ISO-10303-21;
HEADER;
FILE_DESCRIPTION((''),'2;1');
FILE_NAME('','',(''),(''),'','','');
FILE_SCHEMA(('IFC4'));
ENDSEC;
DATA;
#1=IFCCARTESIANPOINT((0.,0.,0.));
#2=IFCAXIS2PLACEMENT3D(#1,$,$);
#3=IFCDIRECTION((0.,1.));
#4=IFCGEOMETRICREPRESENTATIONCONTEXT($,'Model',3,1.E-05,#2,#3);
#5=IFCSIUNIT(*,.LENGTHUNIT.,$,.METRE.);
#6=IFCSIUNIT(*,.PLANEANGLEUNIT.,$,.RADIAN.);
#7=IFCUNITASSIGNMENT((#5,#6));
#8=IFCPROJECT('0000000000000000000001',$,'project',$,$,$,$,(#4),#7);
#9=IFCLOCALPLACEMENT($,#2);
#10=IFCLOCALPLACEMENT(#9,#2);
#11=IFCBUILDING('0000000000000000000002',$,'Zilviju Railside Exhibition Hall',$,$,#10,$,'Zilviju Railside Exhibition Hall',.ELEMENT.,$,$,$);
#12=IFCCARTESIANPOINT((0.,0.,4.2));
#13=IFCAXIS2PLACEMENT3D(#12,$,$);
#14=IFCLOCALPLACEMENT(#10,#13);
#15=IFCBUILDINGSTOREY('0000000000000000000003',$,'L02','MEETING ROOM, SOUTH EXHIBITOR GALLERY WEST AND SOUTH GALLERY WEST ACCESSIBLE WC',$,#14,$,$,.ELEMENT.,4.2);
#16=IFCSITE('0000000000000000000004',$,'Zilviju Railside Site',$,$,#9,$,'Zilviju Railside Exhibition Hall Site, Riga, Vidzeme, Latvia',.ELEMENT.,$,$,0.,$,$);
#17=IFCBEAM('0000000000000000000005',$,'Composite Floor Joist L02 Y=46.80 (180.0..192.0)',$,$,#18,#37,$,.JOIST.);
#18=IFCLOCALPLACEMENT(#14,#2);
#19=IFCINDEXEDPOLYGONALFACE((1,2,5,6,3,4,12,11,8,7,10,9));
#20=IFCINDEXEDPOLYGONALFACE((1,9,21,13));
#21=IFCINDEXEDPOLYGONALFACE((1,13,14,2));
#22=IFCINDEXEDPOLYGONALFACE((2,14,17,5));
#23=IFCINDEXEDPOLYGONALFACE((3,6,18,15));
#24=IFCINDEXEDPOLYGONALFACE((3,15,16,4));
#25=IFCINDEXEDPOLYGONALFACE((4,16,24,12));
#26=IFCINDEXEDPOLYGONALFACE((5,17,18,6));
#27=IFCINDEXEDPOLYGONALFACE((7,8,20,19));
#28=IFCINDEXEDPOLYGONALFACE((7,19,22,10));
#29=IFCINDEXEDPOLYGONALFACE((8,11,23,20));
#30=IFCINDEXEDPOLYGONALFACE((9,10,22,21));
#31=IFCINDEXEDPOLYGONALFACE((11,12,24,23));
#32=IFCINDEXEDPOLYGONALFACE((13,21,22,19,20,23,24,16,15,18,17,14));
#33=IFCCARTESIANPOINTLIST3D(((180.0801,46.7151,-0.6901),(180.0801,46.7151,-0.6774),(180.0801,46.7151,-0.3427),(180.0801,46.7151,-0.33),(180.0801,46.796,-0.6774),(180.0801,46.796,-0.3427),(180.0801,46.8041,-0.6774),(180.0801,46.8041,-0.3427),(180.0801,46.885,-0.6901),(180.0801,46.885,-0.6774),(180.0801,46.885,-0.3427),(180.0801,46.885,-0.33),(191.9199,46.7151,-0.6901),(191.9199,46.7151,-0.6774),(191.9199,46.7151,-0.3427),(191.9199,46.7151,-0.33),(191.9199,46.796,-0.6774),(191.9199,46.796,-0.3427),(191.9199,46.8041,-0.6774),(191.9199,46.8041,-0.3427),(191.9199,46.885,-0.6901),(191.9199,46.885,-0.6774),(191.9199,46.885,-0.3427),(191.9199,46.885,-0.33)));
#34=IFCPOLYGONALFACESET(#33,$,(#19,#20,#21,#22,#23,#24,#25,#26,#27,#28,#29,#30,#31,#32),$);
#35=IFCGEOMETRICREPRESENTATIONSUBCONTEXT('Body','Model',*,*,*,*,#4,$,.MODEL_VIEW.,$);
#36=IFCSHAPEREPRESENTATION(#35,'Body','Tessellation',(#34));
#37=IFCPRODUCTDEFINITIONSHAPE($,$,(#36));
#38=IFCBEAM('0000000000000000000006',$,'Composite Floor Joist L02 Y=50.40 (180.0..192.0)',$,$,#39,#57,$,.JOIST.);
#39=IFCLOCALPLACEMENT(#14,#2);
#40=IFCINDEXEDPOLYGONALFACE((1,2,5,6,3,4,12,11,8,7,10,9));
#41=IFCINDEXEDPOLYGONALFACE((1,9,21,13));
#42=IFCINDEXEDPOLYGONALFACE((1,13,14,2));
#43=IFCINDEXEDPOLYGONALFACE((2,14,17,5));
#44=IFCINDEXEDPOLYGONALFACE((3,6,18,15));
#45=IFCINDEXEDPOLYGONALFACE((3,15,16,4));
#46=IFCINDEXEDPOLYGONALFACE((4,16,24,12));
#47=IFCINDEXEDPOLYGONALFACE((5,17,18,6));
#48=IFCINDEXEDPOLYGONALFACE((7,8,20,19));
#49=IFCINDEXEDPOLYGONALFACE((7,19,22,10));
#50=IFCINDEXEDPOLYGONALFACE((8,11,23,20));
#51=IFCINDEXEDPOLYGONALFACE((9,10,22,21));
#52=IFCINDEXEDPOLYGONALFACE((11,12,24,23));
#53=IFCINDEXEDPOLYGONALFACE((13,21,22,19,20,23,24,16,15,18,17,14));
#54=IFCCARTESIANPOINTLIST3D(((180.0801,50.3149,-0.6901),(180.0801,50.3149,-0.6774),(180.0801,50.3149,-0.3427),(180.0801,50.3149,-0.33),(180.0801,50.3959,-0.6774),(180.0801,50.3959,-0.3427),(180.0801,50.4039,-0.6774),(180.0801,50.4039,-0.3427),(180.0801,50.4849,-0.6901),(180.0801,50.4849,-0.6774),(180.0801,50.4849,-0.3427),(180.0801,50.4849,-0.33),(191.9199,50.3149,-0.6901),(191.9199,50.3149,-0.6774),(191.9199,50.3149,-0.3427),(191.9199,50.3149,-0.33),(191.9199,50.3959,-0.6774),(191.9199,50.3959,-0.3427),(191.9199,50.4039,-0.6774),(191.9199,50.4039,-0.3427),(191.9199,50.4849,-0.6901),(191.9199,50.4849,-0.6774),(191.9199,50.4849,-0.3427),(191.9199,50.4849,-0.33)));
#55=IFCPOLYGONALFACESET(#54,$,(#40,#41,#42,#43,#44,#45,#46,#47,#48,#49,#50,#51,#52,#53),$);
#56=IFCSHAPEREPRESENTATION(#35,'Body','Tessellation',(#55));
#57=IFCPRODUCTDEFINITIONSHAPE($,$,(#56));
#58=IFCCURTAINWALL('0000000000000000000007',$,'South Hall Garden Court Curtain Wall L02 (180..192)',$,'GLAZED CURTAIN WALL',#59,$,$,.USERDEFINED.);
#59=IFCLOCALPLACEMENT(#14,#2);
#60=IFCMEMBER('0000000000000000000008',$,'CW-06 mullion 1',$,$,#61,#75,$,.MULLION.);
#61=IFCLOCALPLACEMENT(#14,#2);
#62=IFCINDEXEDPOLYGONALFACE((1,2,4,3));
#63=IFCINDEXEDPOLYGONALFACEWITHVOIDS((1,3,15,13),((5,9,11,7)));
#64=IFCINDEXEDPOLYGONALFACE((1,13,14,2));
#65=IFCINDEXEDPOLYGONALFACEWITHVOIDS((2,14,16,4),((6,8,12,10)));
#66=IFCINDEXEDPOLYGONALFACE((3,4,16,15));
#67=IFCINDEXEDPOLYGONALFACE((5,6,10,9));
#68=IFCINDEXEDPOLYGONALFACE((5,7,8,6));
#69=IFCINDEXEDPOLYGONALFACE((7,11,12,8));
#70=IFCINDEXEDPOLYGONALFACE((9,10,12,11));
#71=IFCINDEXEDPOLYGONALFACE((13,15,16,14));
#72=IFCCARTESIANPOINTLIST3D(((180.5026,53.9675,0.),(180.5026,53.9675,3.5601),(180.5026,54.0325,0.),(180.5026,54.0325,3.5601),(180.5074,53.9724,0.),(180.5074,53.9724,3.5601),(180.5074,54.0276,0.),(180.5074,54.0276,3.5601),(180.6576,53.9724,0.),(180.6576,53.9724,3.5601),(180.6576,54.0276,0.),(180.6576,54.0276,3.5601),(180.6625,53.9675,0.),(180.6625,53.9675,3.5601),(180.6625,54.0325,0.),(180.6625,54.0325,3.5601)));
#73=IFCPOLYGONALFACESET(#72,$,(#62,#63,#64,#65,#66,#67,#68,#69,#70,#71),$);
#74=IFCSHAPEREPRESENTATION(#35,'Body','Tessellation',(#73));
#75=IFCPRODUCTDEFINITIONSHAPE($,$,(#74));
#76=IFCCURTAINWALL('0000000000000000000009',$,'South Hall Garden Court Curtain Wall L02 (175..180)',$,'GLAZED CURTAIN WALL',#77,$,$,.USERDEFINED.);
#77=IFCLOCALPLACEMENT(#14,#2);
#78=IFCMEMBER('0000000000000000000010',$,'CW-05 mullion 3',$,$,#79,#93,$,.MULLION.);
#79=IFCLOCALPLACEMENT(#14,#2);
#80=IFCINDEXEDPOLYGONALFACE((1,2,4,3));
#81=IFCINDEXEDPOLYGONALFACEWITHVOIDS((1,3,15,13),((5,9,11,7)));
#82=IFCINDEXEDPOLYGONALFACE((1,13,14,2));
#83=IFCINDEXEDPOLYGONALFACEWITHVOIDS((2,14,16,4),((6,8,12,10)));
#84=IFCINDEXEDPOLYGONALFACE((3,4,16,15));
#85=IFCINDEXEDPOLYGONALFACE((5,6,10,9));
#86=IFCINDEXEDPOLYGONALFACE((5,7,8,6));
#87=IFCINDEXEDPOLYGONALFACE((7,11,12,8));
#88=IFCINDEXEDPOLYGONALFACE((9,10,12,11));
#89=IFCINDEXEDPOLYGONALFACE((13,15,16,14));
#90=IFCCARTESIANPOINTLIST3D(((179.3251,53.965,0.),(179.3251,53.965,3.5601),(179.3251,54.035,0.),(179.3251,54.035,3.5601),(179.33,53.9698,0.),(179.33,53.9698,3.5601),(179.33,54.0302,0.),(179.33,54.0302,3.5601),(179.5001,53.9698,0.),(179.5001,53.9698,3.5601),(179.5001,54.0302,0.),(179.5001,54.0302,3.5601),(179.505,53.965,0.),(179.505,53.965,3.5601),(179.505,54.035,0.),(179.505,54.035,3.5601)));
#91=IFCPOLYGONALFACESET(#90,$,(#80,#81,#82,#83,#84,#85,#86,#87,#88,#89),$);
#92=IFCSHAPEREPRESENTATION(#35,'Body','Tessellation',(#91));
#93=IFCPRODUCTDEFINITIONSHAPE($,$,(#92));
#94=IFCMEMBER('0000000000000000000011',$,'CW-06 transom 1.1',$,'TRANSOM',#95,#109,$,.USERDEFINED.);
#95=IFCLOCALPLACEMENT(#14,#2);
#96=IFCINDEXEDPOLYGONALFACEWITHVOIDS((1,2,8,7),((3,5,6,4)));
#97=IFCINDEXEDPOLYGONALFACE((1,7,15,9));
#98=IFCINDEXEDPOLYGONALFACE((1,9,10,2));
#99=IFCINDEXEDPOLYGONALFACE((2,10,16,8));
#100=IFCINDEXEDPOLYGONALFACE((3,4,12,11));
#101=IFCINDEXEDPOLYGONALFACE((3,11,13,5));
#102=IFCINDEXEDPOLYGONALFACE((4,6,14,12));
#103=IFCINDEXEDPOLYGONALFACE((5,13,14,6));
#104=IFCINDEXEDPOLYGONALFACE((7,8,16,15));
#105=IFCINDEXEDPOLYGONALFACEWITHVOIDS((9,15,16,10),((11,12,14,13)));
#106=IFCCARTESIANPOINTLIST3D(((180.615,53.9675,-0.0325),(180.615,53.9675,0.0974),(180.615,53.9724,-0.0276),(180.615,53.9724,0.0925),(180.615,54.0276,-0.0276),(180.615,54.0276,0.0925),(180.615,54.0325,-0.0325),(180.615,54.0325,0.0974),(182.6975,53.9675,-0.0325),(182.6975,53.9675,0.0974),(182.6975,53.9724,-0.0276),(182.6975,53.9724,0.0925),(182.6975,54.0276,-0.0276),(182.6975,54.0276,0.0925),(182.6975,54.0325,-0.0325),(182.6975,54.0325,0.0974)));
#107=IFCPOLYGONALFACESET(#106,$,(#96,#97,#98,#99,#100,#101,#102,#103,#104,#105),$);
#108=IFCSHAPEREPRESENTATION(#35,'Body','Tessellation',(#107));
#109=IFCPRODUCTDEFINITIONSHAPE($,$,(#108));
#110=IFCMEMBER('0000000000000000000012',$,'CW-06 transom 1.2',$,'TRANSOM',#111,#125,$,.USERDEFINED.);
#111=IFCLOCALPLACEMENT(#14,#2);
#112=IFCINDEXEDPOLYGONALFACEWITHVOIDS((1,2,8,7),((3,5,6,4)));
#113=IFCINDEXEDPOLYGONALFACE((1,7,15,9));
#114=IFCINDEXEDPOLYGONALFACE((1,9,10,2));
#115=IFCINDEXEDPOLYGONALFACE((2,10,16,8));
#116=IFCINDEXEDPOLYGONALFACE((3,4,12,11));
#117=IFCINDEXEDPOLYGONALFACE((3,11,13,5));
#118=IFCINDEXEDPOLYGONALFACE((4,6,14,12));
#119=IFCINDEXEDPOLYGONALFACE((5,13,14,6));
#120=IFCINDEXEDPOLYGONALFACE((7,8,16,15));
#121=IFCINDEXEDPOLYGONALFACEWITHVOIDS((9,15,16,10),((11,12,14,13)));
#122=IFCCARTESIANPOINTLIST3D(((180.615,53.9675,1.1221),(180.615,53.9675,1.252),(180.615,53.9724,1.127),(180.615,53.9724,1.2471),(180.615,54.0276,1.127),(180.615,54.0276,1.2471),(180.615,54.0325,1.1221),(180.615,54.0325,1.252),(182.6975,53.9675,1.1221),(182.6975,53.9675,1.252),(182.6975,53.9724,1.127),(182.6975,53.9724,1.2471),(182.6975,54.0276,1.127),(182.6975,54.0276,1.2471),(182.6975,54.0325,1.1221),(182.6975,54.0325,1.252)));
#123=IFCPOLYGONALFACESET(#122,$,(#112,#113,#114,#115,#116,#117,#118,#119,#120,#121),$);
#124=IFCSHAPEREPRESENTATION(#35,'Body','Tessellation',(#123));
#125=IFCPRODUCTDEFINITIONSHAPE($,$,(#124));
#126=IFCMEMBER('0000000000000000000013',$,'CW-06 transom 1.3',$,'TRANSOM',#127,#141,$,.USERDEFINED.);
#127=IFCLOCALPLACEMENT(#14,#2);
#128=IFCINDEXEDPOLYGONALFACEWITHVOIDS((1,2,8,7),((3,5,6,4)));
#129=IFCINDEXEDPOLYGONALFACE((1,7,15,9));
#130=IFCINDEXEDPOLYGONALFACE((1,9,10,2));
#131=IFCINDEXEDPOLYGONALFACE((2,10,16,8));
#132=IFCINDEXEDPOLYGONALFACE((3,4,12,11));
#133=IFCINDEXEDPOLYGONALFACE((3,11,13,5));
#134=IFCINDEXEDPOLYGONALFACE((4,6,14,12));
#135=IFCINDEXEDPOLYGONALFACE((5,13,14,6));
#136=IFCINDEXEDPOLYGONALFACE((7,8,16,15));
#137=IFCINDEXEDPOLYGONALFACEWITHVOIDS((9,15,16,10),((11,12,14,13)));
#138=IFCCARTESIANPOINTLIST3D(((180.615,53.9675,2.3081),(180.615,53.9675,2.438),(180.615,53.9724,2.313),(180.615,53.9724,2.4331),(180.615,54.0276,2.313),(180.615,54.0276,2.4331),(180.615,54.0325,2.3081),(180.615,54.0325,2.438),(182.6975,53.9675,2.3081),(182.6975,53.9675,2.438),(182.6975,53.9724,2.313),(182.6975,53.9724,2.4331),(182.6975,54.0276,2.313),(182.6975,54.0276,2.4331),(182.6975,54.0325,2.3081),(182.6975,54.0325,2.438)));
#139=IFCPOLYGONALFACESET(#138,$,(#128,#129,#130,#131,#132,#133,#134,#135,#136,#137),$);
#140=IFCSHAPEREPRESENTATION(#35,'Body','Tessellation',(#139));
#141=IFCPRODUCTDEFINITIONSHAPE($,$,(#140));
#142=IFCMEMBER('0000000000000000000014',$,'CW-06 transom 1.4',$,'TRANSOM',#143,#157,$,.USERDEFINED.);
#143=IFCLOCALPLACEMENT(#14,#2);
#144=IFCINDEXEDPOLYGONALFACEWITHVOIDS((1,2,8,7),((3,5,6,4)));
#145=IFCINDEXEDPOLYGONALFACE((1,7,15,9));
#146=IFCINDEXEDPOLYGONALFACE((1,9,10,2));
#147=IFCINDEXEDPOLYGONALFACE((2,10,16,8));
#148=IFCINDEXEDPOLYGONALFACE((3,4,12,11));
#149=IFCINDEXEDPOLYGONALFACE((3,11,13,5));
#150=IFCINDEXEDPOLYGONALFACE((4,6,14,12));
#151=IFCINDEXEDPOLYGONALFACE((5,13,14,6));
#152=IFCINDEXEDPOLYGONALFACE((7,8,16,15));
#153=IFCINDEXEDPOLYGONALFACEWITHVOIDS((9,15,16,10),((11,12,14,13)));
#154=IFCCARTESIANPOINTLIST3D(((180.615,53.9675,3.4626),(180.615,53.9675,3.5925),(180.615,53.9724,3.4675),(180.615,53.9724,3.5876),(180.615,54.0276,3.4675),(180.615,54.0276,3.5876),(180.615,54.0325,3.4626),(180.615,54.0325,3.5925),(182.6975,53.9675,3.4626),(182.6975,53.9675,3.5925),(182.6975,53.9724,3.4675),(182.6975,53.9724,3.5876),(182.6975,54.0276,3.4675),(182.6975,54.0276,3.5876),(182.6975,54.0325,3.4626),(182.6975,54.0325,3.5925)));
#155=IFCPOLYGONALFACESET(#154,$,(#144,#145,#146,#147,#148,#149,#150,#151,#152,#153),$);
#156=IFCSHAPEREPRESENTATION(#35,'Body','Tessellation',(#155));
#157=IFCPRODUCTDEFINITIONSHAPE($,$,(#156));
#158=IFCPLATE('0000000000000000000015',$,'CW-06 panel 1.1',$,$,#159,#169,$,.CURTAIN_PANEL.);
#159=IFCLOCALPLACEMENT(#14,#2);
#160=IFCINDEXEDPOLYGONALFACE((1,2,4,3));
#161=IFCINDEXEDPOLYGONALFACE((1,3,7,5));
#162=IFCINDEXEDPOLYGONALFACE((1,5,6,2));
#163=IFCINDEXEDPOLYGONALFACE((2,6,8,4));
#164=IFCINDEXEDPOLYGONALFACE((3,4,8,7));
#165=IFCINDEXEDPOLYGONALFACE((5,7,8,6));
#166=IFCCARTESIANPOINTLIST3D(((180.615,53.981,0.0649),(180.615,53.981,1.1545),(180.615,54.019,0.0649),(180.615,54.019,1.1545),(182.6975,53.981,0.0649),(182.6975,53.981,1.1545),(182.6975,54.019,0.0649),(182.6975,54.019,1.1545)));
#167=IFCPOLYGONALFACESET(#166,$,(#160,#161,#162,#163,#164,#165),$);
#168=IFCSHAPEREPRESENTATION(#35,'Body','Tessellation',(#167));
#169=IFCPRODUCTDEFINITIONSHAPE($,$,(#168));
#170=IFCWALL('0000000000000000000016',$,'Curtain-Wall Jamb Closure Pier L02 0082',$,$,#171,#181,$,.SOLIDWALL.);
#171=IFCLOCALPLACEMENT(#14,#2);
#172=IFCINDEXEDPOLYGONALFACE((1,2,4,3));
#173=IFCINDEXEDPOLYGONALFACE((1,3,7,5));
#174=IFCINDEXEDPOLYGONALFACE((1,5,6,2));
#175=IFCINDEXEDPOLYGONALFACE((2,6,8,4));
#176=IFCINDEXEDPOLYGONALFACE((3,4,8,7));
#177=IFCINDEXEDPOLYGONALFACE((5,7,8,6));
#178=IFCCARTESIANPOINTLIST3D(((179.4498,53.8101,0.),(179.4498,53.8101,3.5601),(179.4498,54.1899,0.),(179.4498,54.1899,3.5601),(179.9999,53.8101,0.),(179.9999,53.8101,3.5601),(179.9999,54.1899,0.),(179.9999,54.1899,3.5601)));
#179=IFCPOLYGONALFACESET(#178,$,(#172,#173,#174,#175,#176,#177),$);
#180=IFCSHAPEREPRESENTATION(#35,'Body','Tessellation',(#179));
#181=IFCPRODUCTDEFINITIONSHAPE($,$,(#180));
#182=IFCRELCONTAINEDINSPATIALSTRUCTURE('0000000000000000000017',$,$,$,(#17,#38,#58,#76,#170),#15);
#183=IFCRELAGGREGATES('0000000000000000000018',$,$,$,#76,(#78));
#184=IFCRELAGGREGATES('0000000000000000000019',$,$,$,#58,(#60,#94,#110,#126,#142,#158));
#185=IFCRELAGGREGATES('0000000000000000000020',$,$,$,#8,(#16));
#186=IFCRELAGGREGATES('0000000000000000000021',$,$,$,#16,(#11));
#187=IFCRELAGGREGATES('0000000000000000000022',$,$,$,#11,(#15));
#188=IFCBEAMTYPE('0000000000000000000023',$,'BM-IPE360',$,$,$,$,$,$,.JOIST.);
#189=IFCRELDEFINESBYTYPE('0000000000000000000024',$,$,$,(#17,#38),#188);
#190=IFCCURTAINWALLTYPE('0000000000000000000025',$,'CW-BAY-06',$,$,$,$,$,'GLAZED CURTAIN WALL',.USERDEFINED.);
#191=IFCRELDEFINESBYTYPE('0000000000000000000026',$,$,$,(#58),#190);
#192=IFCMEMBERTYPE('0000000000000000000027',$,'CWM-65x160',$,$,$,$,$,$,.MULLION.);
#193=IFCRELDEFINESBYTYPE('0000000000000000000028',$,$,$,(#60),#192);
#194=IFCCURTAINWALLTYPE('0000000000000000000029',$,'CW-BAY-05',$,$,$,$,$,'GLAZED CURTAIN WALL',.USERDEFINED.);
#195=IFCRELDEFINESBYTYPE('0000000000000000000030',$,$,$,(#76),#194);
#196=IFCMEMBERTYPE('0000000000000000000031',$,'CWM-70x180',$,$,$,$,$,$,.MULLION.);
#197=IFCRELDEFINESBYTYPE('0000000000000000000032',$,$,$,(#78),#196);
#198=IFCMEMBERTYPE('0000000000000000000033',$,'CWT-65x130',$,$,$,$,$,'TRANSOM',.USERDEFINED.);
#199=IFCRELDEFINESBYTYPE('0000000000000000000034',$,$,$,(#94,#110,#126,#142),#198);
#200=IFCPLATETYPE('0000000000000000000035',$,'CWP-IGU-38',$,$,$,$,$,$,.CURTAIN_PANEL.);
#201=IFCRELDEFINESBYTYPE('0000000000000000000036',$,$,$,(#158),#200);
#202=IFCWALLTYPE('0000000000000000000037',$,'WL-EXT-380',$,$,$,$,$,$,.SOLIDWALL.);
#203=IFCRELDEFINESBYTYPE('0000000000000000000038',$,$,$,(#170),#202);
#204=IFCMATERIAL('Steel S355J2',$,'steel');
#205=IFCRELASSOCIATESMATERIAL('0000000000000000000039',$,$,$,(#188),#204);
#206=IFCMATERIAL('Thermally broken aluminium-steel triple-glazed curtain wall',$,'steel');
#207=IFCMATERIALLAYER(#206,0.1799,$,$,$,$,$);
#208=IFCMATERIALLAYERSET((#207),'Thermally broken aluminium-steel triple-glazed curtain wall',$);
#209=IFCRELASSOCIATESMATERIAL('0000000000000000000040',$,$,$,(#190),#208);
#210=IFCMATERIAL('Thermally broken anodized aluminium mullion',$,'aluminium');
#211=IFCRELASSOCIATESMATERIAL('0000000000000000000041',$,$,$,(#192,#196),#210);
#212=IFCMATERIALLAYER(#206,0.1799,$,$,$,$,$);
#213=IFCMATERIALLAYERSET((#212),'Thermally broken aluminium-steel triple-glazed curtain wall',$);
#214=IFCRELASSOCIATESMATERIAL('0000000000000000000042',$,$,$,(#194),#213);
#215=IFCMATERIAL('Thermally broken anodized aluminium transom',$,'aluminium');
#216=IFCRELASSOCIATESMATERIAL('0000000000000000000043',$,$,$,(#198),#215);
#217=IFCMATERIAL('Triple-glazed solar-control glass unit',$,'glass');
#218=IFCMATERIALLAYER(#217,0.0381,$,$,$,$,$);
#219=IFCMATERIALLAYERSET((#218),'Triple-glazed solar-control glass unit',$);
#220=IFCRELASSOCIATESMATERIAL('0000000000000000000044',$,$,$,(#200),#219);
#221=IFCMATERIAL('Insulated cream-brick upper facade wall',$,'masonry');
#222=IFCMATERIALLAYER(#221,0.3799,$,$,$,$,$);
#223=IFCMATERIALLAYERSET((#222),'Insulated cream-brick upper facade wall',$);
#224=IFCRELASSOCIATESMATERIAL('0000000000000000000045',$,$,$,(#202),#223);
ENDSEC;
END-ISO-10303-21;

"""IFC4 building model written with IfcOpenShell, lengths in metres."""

from ifc_helpers import new_model, si_unit, direction, frame, frame_2d, origin, origin_2d, place, context, subcontext, project, spatial, rectangle, hollow_rectangle, i_section, extrude, material, layer, layer_set, material_profile, profile_set, type_object, element, aggregate, save


model = new_model("IFC4")

# Units and contexts
model_context = context("Model", 3, precision=1e-05, world=origin(), true_north=direction((0.0, 1.0)))
body_context = subcontext(model_context, "Body", "Model", "MODEL_VIEW")
ifc_project = project(units=[si_unit("LENGTHUNIT", "METRE"), si_unit("PLANEANGLEUNIT", "RADIAN")], contexts=[model_context])

# Site, building, storey
site_placement = place(None, origin())
site = spatial("IfcSite", under=ifc_project, at=site_placement, Name="Zilviju Railside Site", LongName="Zilviju Railside Exhibition Hall Site, Riga, Vidzeme, Latvia", CompositionType="ELEMENT", RefElevation=0.0)
building_placement = place(site_placement, origin())
building = spatial("IfcBuilding", under=site, at=building_placement, Name="Zilviju Railside Exhibition Hall", LongName="Zilviju Railside Exhibition Hall", CompositionType="ELEMENT")
storey_placement = place(building_placement, frame((0.0, 0.0, 4.2)))
storey = spatial("IfcBuildingStorey", under=building, at=storey_placement, Name="L02", Description="MEETING ROOM, SOUTH EXHIBITOR GALLERY WEST AND SOUTH GALLERY WEST ACCESSIBLE WC", CompositionType="ELEMENT", Elevation=4.2)

# Beams
ifc_material_1 = material(Name="Steel S355J2", Category="steel")
ifc_material_profile_1 = material_profile(ifc_material_1, i_section(OverallWidth=0.1699, OverallDepth=0.3601, WebThickness=0.0081, FlangeThickness=0.0127, at=origin_2d()), Name="IPE 360")
ifc_profile_set_1 = profile_set([ifc_material_profile_1], Name="Steel S355J2")
beam_type_1 = type_object("IfcBeamType", Name="BM-IPE360", PredefinedType="JOIST", material=ifc_profile_set_1)
for number, where, z_axis, x_axis, name in (
    (1, (180.0801, 46.8, -0.51), (1.0, 0.0, 0.0), (0.0, 1.0, 0.0), "Composite Floor Joist L02 Y=46.80 (180.0..192.0)"),
    (2, (180.0801, 50.3999, -0.51), (1.0, 0.0, 0.0), (0.0, 1.0, 0.0), "Composite Floor Joist L02 Y=50.40 (180.0..192.0)"),
):
    element("IfcBeam", number, at=place(storey_placement, frame(where, z_axis=z_axis, x_axis=x_axis)), inside=storey, type_object=beam_type_1, Name=name, PredefinedType="JOIST", context=body_context, shape_type="SweptSolid", body=[
        extrude(i_section(OverallWidth=0.1699, OverallDepth=0.3601, WebThickness=0.0081, FlangeThickness=0.0127, at=origin_2d()), origin(), (0.0, 0.0, 1.0), 11.8398),
    ])

# Curtain walls, members
ifc_material_2 = material(Name="Thermally broken aluminium-steel triple-glazed curtain wall", Category="steel")
ifc_layer_1 = layer(ifc_material_2, 0.1799)
ifc_layer_set_1 = layer_set([ifc_layer_1], Name="Thermally broken aluminium-steel triple-glazed curtain wall")
curtain_wall_type_1 = type_object("IfcCurtainWallType", Name="CW-BAY-06", ElementType="GLAZED CURTAIN WALL", PredefinedType="USERDEFINED", material=ifc_layer_set_1)
curtain_wall_1_placement = place(storey_placement, origin())
curtain_wall_1 = element("IfcCurtainWall", 3, at=curtain_wall_1_placement, inside=storey, type_object=curtain_wall_type_1, Name="South Hall Garden Court Curtain Wall L02 (180..192)", ObjectType="GLAZED CURTAIN WALL", PredefinedType="USERDEFINED")
ifc_material_3 = material(Name="Thermally broken anodized aluminium mullion", Category="aluminium")
ifc_material_profile_2 = material_profile(ifc_material_3, hollow_rectangle(XDim=0.0649, YDim=0.1599, WallThickness=0.0049, at=origin_2d()), Name="MULLION 160x65x5")
ifc_profile_set_2 = profile_set([ifc_material_profile_2], Name="Thermally broken anodized aluminium mullion")
member_type_1 = type_object("IfcMemberType", Name="CWM-65x160", PredefinedType="MULLION", material=ifc_profile_set_2)
member_1_placement = place(storey_placement, frame((180.5825, 54.0, 0.0), z_axis=(0.0, 0.0, 1.0), x_axis=(0.0, 1.0, 0.0)))
member_1 = element("IfcMember", 4, at=member_1_placement, type_object=member_type_1, Name="CW-06 mullion 1", PredefinedType="MULLION", context=body_context, shape_type="SweptSolid", body=[
    extrude(hollow_rectangle(XDim=0.0649, YDim=0.1599, WallThickness=0.0049, at=origin_2d()), origin(), (0.0, 0.0, 1.0), 3.5601),
])
ifc_layer_2 = layer(ifc_material_2, 0.1799)
ifc_layer_set_2 = layer_set([ifc_layer_2], Name="Thermally broken aluminium-steel triple-glazed curtain wall")
curtain_wall_type_2 = type_object("IfcCurtainWallType", Name="CW-BAY-05", ElementType="GLAZED CURTAIN WALL", PredefinedType="USERDEFINED", material=ifc_layer_set_2)
curtain_wall_2_placement = place(storey_placement, origin())
curtain_wall_2 = element("IfcCurtainWall", 5, at=curtain_wall_2_placement, inside=storey, type_object=curtain_wall_type_2, Name="South Hall Garden Court Curtain Wall L02 (175..180)", ObjectType="GLAZED CURTAIN WALL", PredefinedType="USERDEFINED")
ifc_material_profile_3 = material_profile(ifc_material_3, hollow_rectangle(XDim=0.0701, YDim=0.1799, WallThickness=0.0049, at=origin_2d()), Name="MULLION 180x70x5")
ifc_profile_set_3 = profile_set([ifc_material_profile_3], Name="Thermally broken anodized aluminium mullion")
member_type_2 = type_object("IfcMemberType", Name="CWM-70x180", PredefinedType="MULLION", material=ifc_profile_set_3)
member_2_placement = place(storey_placement, frame((179.415, 54.0, 0.0), z_axis=(0.0, 0.0, 1.0), x_axis=(0.0, 1.0, 0.0)))
member_2 = element("IfcMember", 6, at=member_2_placement, type_object=member_type_2, Name="CW-05 mullion 3", PredefinedType="MULLION", context=body_context, shape_type="SweptSolid", body=[
    extrude(hollow_rectangle(XDim=0.0701, YDim=0.1799, WallThickness=0.0049, at=origin_2d()), origin(), (0.0, 0.0, 1.0), 3.5601),
])
aggregate(curtain_wall_2, [member_2])

# Members
ifc_material_4 = material(Name="Thermally broken anodized aluminium transom", Category="aluminium")
ifc_material_profile_4 = material_profile(ifc_material_4, hollow_rectangle(XDim=0.0649, YDim=0.1299, WallThickness=0.0049, at=origin_2d()), Name="TRANSOM 130x65x5")
ifc_profile_set_4 = profile_set([ifc_material_profile_4], Name="Thermally broken anodized aluminium transom")
member_type_3 = type_object("IfcMemberType", Name="CWT-65x130", ElementType="TRANSOM", PredefinedType="USERDEFINED", material=ifc_profile_set_4)
member_3_placement = place(storey_placement, frame((180.615, 54.0, 0.0325), z_axis=(1.0, 0.0, 0.0), x_axis=(0.0, 1.0, 0.0)))
member_3 = element("IfcMember", 7, at=member_3_placement, type_object=member_type_3, Name="CW-06 transom 1.1", ObjectType="TRANSOM", PredefinedType="USERDEFINED", context=body_context, shape_type="SweptSolid", body=[
    extrude(hollow_rectangle(XDim=0.0649, YDim=0.1299, WallThickness=0.0049, at=origin_2d()), origin(), (0.0, 0.0, 1.0), 2.0825),
])
member_4_placement = place(storey_placement, frame((180.615, 54.0, 1.187), z_axis=(1.0, 0.0, 0.0), x_axis=(0.0, 1.0, 0.0)))
member_4 = element("IfcMember", 8, at=member_4_placement, type_object=member_type_3, Name="CW-06 transom 1.2", ObjectType="TRANSOM", PredefinedType="USERDEFINED", context=body_context, shape_type="SweptSolid", body=[
    extrude(hollow_rectangle(XDim=0.0649, YDim=0.1299, WallThickness=0.0049, at=origin_2d()), origin(), (0.0, 0.0, 1.0), 2.0825),
])
member_5_placement = place(storey_placement, frame((180.615, 54.0, 2.373), z_axis=(1.0, 0.0, 0.0), x_axis=(0.0, 1.0, 0.0)))
member_5 = element("IfcMember", 9, at=member_5_placement, type_object=member_type_3, Name="CW-06 transom 1.3", ObjectType="TRANSOM", PredefinedType="USERDEFINED", context=body_context, shape_type="SweptSolid", body=[
    extrude(hollow_rectangle(XDim=0.0649, YDim=0.1299, WallThickness=0.0049, at=origin_2d()), origin(), (0.0, 0.0, 1.0), 2.0825),
])
member_6_placement = place(storey_placement, frame((180.615, 54.0, 3.5276), z_axis=(1.0, 0.0, 0.0), x_axis=(0.0, 1.0, 0.0)))
member_6 = element("IfcMember", 10, at=member_6_placement, type_object=member_type_3, Name="CW-06 transom 1.4", ObjectType="TRANSOM", PredefinedType="USERDEFINED", context=body_context, shape_type="SweptSolid", body=[
    extrude(hollow_rectangle(XDim=0.0649, YDim=0.1299, WallThickness=0.0049, at=origin_2d()), origin(), (0.0, 0.0, 1.0), 2.0825),
])

# Plate
ifc_material_5 = material(Name="Triple-glazed solar-control glass unit", Category="glass")
ifc_layer_3 = layer(ifc_material_5, 0.0381)
ifc_layer_set_3 = layer_set([ifc_layer_3], Name="Triple-glazed solar-control glass unit")
plate_type = type_object("IfcPlateType", Name="CWP-IGU-38", PredefinedType="CURTAIN_PANEL", material=ifc_layer_set_3)
plate_placement = place(storey_placement, frame((181.6562, 54.0, 0.0649), z_axis=(0.0, 0.0, 1.0), x_axis=(1.0, 0.0, 0.0)))
plate = element("IfcPlate", 11, at=plate_placement, type_object=plate_type, Name="CW-06 panel 1.1", PredefinedType="CURTAIN_PANEL", context=body_context, shape_type="SweptSolid", body=[
    extrude(rectangle(XDim=2.0825, YDim=0.0381, at=origin_2d()), origin(), (0.0, 0.0, 1.0), 1.0896),
])
aggregate(curtain_wall_1, [member_1, member_3, member_4, member_5, member_6, plate])

# Wall
ifc_material_6 = material(Name="Insulated cream-brick upper facade wall", Category="masonry")
ifc_layer_4 = layer(ifc_material_6, 0.3799)
ifc_layer_set_4 = layer_set([ifc_layer_4], Name="Insulated cream-brick upper facade wall")
wall_type_1 = type_object("IfcWallType", Name="WL-EXT-380", PredefinedType="SOLIDWALL", material=ifc_layer_set_4)
wall_1_placement = place(storey_placement, frame((179.45, 54.0, 0.0), z_axis=(0.0, 0.0, 1.0), x_axis=(1.0, 0.0, 0.0)))
element("IfcWall", 12, at=wall_1_placement, inside=storey, type_object=wall_type_1, Name="Curtain-Wall Jamb Closure Pier L02 0082", PredefinedType="SOLIDWALL", context=body_context, shape_type="SweptSolid", body=[
    extrude(rectangle(XDim=0.55, YDim=0.3799, at=frame_2d((0.2749, 0.0))), origin(), (0.0, 0.0, 1.0), 3.5601),
])

save(model, "model.ifc")
